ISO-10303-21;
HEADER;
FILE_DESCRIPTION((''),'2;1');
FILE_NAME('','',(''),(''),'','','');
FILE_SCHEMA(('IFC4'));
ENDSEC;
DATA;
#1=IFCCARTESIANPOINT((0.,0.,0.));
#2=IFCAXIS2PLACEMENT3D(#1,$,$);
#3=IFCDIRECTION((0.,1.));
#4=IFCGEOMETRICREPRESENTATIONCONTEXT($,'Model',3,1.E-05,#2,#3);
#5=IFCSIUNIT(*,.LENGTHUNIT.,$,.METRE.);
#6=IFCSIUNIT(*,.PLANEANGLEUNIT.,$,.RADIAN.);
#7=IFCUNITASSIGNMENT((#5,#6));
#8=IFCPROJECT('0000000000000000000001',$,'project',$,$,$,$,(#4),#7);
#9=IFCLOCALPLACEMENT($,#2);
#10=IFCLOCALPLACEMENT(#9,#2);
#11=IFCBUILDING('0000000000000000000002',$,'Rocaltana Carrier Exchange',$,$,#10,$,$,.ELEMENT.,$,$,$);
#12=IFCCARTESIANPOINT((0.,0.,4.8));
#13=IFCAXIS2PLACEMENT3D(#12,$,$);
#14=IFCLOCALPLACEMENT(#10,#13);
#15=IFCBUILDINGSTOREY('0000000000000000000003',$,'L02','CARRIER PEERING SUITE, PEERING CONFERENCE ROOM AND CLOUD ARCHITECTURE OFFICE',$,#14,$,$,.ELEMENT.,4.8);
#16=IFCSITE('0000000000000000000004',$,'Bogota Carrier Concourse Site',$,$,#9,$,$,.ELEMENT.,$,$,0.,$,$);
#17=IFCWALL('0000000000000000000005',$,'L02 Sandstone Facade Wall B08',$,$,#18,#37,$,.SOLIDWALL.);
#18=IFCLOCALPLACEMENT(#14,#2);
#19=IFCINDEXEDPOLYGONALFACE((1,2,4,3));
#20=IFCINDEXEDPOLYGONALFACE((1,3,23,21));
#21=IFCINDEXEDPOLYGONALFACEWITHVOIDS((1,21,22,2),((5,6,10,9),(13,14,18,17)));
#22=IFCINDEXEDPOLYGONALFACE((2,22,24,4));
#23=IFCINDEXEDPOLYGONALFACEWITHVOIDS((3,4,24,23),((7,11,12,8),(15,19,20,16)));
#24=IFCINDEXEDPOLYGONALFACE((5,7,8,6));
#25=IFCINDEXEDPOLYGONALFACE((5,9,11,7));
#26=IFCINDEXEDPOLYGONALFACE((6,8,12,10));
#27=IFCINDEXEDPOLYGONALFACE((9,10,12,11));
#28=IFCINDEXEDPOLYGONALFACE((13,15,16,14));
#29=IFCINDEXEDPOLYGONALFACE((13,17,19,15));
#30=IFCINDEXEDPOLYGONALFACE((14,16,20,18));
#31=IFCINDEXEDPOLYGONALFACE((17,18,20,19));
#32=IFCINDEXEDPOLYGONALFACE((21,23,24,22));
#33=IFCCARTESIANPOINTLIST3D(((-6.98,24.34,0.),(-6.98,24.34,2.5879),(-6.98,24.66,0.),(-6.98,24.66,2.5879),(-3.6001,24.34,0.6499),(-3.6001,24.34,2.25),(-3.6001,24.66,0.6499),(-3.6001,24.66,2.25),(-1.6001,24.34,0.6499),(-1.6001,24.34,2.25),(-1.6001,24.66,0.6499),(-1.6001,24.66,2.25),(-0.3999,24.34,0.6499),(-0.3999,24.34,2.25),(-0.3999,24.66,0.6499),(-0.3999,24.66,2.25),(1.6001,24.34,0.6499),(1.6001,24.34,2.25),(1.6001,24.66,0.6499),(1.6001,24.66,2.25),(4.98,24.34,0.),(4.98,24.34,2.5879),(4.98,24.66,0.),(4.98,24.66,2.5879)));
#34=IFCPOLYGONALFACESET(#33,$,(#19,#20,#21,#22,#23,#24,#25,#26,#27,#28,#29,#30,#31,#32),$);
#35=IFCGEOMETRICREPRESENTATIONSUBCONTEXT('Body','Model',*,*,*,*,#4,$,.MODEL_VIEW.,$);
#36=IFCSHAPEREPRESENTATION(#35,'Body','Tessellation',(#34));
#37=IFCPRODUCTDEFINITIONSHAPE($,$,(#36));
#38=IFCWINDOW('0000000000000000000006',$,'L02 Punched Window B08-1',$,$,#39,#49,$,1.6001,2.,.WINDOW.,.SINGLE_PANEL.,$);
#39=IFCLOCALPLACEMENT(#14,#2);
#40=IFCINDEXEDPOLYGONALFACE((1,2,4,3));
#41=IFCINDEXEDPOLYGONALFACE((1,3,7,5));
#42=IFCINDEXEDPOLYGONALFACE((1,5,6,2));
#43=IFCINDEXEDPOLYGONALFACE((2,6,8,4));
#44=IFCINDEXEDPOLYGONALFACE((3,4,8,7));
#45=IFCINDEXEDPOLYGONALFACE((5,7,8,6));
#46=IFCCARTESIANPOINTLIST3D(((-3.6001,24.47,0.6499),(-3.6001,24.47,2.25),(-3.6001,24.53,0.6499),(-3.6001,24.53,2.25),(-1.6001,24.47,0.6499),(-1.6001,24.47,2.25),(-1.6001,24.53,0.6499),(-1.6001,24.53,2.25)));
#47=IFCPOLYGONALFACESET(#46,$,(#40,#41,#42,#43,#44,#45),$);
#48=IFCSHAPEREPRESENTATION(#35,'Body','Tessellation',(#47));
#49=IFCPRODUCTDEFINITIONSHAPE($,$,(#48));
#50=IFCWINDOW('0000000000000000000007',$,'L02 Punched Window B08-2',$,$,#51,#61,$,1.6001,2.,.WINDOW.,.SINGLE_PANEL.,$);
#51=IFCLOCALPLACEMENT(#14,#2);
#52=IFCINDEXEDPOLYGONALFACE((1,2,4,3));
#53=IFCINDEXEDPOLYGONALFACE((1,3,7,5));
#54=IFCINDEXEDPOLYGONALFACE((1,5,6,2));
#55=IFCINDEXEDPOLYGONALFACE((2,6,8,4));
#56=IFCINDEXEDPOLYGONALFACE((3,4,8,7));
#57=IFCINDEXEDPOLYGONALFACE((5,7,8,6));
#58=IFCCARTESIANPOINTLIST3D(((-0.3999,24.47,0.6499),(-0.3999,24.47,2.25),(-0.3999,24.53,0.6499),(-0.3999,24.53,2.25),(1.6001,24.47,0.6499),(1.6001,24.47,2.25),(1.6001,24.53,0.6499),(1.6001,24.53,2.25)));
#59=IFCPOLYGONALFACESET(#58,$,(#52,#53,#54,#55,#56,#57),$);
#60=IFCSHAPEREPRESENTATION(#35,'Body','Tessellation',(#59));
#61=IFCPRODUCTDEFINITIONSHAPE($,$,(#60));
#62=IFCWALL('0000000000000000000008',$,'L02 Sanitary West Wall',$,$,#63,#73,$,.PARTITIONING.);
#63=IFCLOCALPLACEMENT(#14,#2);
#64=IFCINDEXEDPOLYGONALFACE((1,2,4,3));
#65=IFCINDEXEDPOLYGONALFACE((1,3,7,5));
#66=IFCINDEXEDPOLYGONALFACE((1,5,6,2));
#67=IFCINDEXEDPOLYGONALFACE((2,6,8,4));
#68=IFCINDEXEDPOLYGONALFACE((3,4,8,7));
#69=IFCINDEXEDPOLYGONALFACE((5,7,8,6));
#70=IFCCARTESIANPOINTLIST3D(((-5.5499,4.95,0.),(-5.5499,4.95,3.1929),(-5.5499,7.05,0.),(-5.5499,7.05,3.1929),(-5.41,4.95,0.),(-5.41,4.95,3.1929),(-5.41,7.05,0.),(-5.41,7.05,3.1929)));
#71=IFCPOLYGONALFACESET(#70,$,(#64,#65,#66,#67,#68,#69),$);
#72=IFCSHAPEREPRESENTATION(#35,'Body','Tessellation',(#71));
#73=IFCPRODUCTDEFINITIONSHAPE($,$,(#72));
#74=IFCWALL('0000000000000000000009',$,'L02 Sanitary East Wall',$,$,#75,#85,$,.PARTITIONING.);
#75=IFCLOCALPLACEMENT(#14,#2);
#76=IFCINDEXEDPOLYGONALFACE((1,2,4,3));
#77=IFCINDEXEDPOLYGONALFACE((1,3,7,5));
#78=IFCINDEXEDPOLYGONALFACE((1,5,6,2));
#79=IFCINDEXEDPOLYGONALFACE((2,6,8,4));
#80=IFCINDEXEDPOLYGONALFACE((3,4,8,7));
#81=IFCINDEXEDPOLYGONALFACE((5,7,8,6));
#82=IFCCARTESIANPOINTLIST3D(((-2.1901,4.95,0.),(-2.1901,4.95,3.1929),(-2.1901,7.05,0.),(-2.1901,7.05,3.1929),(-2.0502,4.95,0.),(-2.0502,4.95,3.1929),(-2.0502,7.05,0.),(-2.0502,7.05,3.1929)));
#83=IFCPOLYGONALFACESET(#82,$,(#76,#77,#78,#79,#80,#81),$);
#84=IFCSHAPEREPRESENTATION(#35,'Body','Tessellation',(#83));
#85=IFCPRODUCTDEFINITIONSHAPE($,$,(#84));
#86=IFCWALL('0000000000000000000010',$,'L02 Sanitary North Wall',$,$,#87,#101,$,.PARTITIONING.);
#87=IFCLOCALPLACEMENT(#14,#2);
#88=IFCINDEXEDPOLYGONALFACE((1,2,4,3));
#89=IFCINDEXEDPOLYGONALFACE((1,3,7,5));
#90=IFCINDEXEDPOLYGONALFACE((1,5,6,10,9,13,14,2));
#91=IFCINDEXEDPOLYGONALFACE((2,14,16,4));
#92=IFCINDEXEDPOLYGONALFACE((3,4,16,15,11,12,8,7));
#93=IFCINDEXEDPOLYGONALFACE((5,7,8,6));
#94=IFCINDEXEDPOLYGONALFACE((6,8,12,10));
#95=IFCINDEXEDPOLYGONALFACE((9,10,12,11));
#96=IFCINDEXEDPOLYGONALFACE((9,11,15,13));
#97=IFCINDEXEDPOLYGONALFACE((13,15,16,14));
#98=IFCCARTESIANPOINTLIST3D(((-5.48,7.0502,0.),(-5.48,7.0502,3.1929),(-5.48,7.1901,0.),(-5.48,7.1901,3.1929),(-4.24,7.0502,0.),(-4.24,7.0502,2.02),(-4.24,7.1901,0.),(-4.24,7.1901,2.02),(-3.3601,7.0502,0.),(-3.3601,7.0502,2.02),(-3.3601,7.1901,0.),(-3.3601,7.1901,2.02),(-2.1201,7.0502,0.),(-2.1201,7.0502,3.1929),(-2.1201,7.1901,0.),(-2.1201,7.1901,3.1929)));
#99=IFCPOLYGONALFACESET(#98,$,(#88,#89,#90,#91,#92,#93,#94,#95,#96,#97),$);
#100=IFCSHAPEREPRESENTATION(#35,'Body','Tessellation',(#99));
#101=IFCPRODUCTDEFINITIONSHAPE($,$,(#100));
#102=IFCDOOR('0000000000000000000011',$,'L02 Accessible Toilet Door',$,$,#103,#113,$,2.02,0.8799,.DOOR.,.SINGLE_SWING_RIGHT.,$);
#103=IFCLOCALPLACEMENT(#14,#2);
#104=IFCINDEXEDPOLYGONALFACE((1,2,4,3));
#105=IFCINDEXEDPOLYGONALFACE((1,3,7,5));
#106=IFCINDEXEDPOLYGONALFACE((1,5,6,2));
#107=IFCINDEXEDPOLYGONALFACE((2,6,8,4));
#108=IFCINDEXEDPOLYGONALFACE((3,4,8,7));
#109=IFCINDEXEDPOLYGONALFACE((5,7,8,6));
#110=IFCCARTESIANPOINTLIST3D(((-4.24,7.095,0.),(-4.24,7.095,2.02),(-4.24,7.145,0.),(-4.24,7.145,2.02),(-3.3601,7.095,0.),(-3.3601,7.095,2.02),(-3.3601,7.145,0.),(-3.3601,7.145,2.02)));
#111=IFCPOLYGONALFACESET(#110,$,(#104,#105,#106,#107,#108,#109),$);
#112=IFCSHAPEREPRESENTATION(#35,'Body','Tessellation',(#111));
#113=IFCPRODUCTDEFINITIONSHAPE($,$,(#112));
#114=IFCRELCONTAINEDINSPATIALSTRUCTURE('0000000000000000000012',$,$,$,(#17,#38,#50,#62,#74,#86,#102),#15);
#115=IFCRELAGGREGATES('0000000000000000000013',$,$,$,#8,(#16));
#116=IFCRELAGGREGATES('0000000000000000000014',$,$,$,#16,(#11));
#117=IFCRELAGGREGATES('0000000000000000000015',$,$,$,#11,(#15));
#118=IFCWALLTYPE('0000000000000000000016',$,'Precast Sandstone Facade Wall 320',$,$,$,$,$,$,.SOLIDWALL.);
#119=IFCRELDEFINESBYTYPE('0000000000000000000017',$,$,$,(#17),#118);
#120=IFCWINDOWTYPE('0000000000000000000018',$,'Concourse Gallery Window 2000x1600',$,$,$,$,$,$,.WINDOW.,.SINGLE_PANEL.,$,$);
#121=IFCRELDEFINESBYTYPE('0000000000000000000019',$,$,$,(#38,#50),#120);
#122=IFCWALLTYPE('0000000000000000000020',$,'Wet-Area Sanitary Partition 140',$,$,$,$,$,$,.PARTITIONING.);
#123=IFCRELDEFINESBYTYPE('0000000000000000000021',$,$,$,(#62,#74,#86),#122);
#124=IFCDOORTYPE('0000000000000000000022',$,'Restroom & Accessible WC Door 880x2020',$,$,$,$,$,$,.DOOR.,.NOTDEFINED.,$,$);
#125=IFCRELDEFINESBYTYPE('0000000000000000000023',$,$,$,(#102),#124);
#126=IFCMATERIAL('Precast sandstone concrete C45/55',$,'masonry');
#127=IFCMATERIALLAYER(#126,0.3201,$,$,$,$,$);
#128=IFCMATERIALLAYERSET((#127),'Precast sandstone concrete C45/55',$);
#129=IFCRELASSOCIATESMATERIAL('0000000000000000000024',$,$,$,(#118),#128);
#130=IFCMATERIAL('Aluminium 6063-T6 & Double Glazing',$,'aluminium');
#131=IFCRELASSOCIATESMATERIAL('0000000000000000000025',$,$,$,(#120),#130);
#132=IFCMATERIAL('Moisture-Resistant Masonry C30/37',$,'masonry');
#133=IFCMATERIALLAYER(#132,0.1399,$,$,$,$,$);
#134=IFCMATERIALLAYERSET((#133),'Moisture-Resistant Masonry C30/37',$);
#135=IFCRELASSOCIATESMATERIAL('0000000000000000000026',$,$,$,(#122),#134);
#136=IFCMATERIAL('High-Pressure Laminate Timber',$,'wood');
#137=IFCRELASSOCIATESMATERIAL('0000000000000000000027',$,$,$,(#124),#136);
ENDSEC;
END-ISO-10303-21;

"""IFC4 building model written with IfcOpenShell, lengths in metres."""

from ifc_helpers import new_model, si_unit, direction, frame, frame_2d, origin, place, context, subcontext, project, spatial, rectangle, extrude, material, layer, layer_set, type_object, element, fill, save


model = new_model("IFC4")

# Units and contexts
model_context = context("Model", 3, precision=1e-05, world=origin(), true_north=direction((0.0, 1.0)))
body_context = subcontext(model_context, "Body", "Model", "MODEL_VIEW")
ifc_project = project(units=[si_unit("LENGTHUNIT", "METRE"), si_unit("PLANEANGLEUNIT", "RADIAN")], contexts=[model_context])

# Site, building, storey
site_placement = place(None, origin())
site = spatial("IfcSite", under=ifc_project, at=site_placement, Name="Bogota Carrier Concourse Site", CompositionType="ELEMENT", RefElevation=0.0)
building_placement = place(site_placement, origin())
building = spatial("IfcBuilding", under=site, at=building_placement, Name="Rocaltana Carrier Exchange", CompositionType="ELEMENT")
storey_placement = place(building_placement, frame((0.0, 0.0, 4.8)))
storey = spatial("IfcBuildingStorey", under=building, at=storey_placement, Name="L02", Description="CARRIER PEERING SUITE, PEERING CONFERENCE ROOM AND CLOUD ARCHITECTURE OFFICE", CompositionType="ELEMENT", Elevation=4.8)

# Wall, openings, windows
ifc_material_1 = material(Name="Precast sandstone concrete C45/55", Category="masonry")
ifc_layer_1 = layer(ifc_material_1, 0.3201)
ifc_layer_set_1 = layer_set([ifc_layer_1], Name="Precast sandstone concrete C45/55")
wall_type_1 = type_object("IfcWallType", Name="Precast Sandstone Facade Wall 320", PredefinedType="SOLIDWALL", material=ifc_layer_set_1)
wall_1_placement = place(storey_placement, frame((-6.98, 24.5, 0.0), z_axis=(0.0, 0.0, 1.0), x_axis=(1.0, 0.0, 0.0)))
wall_1 = element("IfcWall", 1, at=wall_1_placement, inside=storey, type_object=wall_type_1, Name="L02 Sandstone Facade Wall B08", PredefinedType="SOLIDWALL", context=body_context, shape_type="SweptSolid", body=[
    extrude(rectangle(XDim=11.96, YDim=0.3201, at=frame_2d((5.98, 0.0))), origin(), (0.0, 0.0, 1.0), 2.5879),
])
opening_1_placement = place(wall_1_placement, frame((3.3799, 0.0, 0.6499)))
opening_1 = element("IfcOpeningElement", 2, at=opening_1_placement, cuts=wall_1, PredefinedType="OPENING", context=body_context, shape_type="SweptSolid", body=[
    extrude(rectangle(XDim=2.0, YDim=1.6001, at=frame_2d((1.0, 0.8))), frame((0.0, 0.1699, 0.0), z_axis=(0.0, -1.0, 0.0), x_axis=(1.0, 0.0, 0.0)), (0.0, 0.0, 1.0), 0.3401),
])
opening_2_placement = place(wall_1_placement, frame((6.5801, 0.0, 0.6499)))
opening_2 = element("IfcOpeningElement", 3, at=opening_2_placement, cuts=wall_1, PredefinedType="OPENING", context=body_context, shape_type="SweptSolid", body=[
    extrude(rectangle(XDim=2.0, YDim=1.6001, at=frame_2d((1.0, 0.8))), frame((0.0, 0.1699, 0.0), z_axis=(0.0, -1.0, 0.0), x_axis=(1.0, 0.0, 0.0)), (0.0, 0.0, 1.0), 0.3401),
])
ifc_material_2 = material(Name="Aluminium 6063-T6 & Double Glazing", Category="aluminium")
window_type = type_object("IfcWindowType", Name="Concourse Gallery Window 2000x1600", PartitioningType="SINGLE_PANEL", PredefinedType="WINDOW", material=ifc_material_2)
window_1_placement = place(opening_1_placement, origin())
window_1 = element("IfcWindow", 4, at=window_1_placement, inside=storey, type_object=window_type, Name="L02 Punched Window B08-1", OverallHeight=1.6001, OverallWidth=2.0, PartitioningType="SINGLE_PANEL", PredefinedType="WINDOW", context=body_context, shape_type="SweptSolid", body=[
    extrude(rectangle(XDim=2.0, YDim=1.6001, at=frame_2d((1.0, 0.8))), frame((0.0, 0.03, 0.0), z_axis=(0.0, -1.0, 0.0), x_axis=(1.0, 0.0, 0.0)), (0.0, 0.0, 1.0), 0.0601),
])
fill(opening_1, window_1)
window_2_placement = place(opening_2_placement, origin())
window_2 = element("IfcWindow", 5, at=window_2_placement, inside=storey, type_object=window_type, Name="L02 Punched Window B08-2", OverallHeight=1.6001, OverallWidth=2.0, PartitioningType="SINGLE_PANEL", PredefinedType="WINDOW", context=body_context, shape_type="SweptSolid", body=[
    extrude(rectangle(XDim=2.0, YDim=1.6001, at=frame_2d((1.0, 0.8))), frame((0.0, 0.03, 0.0), z_axis=(0.0, -1.0, 0.0), x_axis=(1.0, 0.0, 0.0)), (0.0, 0.0, 1.0), 0.0601),
])
fill(opening_2, window_2)

# Walls
ifc_material_3 = material(Name="Moisture-Resistant Masonry C30/37", Category="masonry")
ifc_layer_2 = layer(ifc_material_3, 0.1399)
ifc_layer_set_2 = layer_set([ifc_layer_2], Name="Moisture-Resistant Masonry C30/37")
wall_type_2 = type_object("IfcWallType", Name="Wet-Area Sanitary Partition 140", PredefinedType="PARTITIONING", material=ifc_layer_set_2)
for number, where, z_axis, x_axis, name in (
    (6, (-5.48, 4.95, 0.0), (0.0, 0.0, 1.0), (0.0, 1.0, 0.0), "L02 Sanitary West Wall"),
    (7, (-2.1201, 4.95, 0.0), (0.0, 0.0, 1.0), (0.0, 1.0, 0.0), "L02 Sanitary East Wall"),
):
    element("IfcWall", number, at=place(storey_placement, frame(where, z_axis=z_axis, x_axis=x_axis)), inside=storey, type_object=wall_type_2, Name=name, PredefinedType="PARTITIONING", context=body_context, shape_type="SweptSolid", body=[
        extrude(rectangle(XDim=2.1001, YDim=0.1399, at=frame_2d((1.05, 0.0))), origin(), (0.0, 0.0, 1.0), 3.1929),
    ])

# Wall, opening, door
wall_2_placement = place(storey_placement, frame((-5.48, 7.1201, 0.0), z_axis=(0.0, 0.0, 1.0), x_axis=(1.0, 0.0, 0.0)))
wall_2 = element("IfcWall", 8, at=wall_2_placement, inside=storey, type_object=wall_type_2, Name="L02 Sanitary North Wall", PredefinedType="PARTITIONING", context=body_context, shape_type="SweptSolid", body=[
    extrude(rectangle(XDim=3.3599, YDim=0.1399, at=frame_2d((1.6799, 0.0))), origin(), (0.0, 0.0, 1.0), 3.1929),
])
opening_3_placement = place(wall_2_placement, frame((1.24, 0.0, 0.0)))
opening_3 = element("IfcOpeningElement", 9, at=opening_3_placement, cuts=wall_2, PredefinedType="OPENING", context=body_context, shape_type="SweptSolid", body=[
    extrude(rectangle(XDim=0.8799, YDim=2.02, at=frame_2d((0.4399, 1.01))), frame((0.0, 0.0798, 0.0), z_axis=(0.0, -1.0, 0.0), x_axis=(1.0, 0.0, 0.0)), (0.0, 0.0, 1.0), 0.1599),
])
ifc_material_4 = material(Name="High-Pressure Laminate Timber", Category="wood")
door_type_1 = type_object("IfcDoorType", Name="Restroom & Accessible WC Door 880x2020", OperationType="NOTDEFINED", PredefinedType="DOOR", material=ifc_material_4)
door_1_placement = place(opening_3_placement, origin())
door_1 = element("IfcDoor", 10, at=door_1_placement, inside=storey, type_object=door_type_1, Name="L02 Accessible Toilet Door", OperationType="SINGLE_SWING_RIGHT", OverallHeight=2.02, OverallWidth=0.8799, PredefinedType="DOOR", context=body_context, shape_type="SweptSolid", body=[
    extrude(rectangle(XDim=0.8799, YDim=2.02, at=frame_2d((0.4399, 1.01))), frame((0.0, 0.0249, 0.0), z_axis=(0.0, -1.0, 0.0), x_axis=(1.0, 0.0, 0.0)), (0.0, 0.0, 1.0), 0.05),
])
fill(opening_3, door_1)

save(model, "model.ifc")
